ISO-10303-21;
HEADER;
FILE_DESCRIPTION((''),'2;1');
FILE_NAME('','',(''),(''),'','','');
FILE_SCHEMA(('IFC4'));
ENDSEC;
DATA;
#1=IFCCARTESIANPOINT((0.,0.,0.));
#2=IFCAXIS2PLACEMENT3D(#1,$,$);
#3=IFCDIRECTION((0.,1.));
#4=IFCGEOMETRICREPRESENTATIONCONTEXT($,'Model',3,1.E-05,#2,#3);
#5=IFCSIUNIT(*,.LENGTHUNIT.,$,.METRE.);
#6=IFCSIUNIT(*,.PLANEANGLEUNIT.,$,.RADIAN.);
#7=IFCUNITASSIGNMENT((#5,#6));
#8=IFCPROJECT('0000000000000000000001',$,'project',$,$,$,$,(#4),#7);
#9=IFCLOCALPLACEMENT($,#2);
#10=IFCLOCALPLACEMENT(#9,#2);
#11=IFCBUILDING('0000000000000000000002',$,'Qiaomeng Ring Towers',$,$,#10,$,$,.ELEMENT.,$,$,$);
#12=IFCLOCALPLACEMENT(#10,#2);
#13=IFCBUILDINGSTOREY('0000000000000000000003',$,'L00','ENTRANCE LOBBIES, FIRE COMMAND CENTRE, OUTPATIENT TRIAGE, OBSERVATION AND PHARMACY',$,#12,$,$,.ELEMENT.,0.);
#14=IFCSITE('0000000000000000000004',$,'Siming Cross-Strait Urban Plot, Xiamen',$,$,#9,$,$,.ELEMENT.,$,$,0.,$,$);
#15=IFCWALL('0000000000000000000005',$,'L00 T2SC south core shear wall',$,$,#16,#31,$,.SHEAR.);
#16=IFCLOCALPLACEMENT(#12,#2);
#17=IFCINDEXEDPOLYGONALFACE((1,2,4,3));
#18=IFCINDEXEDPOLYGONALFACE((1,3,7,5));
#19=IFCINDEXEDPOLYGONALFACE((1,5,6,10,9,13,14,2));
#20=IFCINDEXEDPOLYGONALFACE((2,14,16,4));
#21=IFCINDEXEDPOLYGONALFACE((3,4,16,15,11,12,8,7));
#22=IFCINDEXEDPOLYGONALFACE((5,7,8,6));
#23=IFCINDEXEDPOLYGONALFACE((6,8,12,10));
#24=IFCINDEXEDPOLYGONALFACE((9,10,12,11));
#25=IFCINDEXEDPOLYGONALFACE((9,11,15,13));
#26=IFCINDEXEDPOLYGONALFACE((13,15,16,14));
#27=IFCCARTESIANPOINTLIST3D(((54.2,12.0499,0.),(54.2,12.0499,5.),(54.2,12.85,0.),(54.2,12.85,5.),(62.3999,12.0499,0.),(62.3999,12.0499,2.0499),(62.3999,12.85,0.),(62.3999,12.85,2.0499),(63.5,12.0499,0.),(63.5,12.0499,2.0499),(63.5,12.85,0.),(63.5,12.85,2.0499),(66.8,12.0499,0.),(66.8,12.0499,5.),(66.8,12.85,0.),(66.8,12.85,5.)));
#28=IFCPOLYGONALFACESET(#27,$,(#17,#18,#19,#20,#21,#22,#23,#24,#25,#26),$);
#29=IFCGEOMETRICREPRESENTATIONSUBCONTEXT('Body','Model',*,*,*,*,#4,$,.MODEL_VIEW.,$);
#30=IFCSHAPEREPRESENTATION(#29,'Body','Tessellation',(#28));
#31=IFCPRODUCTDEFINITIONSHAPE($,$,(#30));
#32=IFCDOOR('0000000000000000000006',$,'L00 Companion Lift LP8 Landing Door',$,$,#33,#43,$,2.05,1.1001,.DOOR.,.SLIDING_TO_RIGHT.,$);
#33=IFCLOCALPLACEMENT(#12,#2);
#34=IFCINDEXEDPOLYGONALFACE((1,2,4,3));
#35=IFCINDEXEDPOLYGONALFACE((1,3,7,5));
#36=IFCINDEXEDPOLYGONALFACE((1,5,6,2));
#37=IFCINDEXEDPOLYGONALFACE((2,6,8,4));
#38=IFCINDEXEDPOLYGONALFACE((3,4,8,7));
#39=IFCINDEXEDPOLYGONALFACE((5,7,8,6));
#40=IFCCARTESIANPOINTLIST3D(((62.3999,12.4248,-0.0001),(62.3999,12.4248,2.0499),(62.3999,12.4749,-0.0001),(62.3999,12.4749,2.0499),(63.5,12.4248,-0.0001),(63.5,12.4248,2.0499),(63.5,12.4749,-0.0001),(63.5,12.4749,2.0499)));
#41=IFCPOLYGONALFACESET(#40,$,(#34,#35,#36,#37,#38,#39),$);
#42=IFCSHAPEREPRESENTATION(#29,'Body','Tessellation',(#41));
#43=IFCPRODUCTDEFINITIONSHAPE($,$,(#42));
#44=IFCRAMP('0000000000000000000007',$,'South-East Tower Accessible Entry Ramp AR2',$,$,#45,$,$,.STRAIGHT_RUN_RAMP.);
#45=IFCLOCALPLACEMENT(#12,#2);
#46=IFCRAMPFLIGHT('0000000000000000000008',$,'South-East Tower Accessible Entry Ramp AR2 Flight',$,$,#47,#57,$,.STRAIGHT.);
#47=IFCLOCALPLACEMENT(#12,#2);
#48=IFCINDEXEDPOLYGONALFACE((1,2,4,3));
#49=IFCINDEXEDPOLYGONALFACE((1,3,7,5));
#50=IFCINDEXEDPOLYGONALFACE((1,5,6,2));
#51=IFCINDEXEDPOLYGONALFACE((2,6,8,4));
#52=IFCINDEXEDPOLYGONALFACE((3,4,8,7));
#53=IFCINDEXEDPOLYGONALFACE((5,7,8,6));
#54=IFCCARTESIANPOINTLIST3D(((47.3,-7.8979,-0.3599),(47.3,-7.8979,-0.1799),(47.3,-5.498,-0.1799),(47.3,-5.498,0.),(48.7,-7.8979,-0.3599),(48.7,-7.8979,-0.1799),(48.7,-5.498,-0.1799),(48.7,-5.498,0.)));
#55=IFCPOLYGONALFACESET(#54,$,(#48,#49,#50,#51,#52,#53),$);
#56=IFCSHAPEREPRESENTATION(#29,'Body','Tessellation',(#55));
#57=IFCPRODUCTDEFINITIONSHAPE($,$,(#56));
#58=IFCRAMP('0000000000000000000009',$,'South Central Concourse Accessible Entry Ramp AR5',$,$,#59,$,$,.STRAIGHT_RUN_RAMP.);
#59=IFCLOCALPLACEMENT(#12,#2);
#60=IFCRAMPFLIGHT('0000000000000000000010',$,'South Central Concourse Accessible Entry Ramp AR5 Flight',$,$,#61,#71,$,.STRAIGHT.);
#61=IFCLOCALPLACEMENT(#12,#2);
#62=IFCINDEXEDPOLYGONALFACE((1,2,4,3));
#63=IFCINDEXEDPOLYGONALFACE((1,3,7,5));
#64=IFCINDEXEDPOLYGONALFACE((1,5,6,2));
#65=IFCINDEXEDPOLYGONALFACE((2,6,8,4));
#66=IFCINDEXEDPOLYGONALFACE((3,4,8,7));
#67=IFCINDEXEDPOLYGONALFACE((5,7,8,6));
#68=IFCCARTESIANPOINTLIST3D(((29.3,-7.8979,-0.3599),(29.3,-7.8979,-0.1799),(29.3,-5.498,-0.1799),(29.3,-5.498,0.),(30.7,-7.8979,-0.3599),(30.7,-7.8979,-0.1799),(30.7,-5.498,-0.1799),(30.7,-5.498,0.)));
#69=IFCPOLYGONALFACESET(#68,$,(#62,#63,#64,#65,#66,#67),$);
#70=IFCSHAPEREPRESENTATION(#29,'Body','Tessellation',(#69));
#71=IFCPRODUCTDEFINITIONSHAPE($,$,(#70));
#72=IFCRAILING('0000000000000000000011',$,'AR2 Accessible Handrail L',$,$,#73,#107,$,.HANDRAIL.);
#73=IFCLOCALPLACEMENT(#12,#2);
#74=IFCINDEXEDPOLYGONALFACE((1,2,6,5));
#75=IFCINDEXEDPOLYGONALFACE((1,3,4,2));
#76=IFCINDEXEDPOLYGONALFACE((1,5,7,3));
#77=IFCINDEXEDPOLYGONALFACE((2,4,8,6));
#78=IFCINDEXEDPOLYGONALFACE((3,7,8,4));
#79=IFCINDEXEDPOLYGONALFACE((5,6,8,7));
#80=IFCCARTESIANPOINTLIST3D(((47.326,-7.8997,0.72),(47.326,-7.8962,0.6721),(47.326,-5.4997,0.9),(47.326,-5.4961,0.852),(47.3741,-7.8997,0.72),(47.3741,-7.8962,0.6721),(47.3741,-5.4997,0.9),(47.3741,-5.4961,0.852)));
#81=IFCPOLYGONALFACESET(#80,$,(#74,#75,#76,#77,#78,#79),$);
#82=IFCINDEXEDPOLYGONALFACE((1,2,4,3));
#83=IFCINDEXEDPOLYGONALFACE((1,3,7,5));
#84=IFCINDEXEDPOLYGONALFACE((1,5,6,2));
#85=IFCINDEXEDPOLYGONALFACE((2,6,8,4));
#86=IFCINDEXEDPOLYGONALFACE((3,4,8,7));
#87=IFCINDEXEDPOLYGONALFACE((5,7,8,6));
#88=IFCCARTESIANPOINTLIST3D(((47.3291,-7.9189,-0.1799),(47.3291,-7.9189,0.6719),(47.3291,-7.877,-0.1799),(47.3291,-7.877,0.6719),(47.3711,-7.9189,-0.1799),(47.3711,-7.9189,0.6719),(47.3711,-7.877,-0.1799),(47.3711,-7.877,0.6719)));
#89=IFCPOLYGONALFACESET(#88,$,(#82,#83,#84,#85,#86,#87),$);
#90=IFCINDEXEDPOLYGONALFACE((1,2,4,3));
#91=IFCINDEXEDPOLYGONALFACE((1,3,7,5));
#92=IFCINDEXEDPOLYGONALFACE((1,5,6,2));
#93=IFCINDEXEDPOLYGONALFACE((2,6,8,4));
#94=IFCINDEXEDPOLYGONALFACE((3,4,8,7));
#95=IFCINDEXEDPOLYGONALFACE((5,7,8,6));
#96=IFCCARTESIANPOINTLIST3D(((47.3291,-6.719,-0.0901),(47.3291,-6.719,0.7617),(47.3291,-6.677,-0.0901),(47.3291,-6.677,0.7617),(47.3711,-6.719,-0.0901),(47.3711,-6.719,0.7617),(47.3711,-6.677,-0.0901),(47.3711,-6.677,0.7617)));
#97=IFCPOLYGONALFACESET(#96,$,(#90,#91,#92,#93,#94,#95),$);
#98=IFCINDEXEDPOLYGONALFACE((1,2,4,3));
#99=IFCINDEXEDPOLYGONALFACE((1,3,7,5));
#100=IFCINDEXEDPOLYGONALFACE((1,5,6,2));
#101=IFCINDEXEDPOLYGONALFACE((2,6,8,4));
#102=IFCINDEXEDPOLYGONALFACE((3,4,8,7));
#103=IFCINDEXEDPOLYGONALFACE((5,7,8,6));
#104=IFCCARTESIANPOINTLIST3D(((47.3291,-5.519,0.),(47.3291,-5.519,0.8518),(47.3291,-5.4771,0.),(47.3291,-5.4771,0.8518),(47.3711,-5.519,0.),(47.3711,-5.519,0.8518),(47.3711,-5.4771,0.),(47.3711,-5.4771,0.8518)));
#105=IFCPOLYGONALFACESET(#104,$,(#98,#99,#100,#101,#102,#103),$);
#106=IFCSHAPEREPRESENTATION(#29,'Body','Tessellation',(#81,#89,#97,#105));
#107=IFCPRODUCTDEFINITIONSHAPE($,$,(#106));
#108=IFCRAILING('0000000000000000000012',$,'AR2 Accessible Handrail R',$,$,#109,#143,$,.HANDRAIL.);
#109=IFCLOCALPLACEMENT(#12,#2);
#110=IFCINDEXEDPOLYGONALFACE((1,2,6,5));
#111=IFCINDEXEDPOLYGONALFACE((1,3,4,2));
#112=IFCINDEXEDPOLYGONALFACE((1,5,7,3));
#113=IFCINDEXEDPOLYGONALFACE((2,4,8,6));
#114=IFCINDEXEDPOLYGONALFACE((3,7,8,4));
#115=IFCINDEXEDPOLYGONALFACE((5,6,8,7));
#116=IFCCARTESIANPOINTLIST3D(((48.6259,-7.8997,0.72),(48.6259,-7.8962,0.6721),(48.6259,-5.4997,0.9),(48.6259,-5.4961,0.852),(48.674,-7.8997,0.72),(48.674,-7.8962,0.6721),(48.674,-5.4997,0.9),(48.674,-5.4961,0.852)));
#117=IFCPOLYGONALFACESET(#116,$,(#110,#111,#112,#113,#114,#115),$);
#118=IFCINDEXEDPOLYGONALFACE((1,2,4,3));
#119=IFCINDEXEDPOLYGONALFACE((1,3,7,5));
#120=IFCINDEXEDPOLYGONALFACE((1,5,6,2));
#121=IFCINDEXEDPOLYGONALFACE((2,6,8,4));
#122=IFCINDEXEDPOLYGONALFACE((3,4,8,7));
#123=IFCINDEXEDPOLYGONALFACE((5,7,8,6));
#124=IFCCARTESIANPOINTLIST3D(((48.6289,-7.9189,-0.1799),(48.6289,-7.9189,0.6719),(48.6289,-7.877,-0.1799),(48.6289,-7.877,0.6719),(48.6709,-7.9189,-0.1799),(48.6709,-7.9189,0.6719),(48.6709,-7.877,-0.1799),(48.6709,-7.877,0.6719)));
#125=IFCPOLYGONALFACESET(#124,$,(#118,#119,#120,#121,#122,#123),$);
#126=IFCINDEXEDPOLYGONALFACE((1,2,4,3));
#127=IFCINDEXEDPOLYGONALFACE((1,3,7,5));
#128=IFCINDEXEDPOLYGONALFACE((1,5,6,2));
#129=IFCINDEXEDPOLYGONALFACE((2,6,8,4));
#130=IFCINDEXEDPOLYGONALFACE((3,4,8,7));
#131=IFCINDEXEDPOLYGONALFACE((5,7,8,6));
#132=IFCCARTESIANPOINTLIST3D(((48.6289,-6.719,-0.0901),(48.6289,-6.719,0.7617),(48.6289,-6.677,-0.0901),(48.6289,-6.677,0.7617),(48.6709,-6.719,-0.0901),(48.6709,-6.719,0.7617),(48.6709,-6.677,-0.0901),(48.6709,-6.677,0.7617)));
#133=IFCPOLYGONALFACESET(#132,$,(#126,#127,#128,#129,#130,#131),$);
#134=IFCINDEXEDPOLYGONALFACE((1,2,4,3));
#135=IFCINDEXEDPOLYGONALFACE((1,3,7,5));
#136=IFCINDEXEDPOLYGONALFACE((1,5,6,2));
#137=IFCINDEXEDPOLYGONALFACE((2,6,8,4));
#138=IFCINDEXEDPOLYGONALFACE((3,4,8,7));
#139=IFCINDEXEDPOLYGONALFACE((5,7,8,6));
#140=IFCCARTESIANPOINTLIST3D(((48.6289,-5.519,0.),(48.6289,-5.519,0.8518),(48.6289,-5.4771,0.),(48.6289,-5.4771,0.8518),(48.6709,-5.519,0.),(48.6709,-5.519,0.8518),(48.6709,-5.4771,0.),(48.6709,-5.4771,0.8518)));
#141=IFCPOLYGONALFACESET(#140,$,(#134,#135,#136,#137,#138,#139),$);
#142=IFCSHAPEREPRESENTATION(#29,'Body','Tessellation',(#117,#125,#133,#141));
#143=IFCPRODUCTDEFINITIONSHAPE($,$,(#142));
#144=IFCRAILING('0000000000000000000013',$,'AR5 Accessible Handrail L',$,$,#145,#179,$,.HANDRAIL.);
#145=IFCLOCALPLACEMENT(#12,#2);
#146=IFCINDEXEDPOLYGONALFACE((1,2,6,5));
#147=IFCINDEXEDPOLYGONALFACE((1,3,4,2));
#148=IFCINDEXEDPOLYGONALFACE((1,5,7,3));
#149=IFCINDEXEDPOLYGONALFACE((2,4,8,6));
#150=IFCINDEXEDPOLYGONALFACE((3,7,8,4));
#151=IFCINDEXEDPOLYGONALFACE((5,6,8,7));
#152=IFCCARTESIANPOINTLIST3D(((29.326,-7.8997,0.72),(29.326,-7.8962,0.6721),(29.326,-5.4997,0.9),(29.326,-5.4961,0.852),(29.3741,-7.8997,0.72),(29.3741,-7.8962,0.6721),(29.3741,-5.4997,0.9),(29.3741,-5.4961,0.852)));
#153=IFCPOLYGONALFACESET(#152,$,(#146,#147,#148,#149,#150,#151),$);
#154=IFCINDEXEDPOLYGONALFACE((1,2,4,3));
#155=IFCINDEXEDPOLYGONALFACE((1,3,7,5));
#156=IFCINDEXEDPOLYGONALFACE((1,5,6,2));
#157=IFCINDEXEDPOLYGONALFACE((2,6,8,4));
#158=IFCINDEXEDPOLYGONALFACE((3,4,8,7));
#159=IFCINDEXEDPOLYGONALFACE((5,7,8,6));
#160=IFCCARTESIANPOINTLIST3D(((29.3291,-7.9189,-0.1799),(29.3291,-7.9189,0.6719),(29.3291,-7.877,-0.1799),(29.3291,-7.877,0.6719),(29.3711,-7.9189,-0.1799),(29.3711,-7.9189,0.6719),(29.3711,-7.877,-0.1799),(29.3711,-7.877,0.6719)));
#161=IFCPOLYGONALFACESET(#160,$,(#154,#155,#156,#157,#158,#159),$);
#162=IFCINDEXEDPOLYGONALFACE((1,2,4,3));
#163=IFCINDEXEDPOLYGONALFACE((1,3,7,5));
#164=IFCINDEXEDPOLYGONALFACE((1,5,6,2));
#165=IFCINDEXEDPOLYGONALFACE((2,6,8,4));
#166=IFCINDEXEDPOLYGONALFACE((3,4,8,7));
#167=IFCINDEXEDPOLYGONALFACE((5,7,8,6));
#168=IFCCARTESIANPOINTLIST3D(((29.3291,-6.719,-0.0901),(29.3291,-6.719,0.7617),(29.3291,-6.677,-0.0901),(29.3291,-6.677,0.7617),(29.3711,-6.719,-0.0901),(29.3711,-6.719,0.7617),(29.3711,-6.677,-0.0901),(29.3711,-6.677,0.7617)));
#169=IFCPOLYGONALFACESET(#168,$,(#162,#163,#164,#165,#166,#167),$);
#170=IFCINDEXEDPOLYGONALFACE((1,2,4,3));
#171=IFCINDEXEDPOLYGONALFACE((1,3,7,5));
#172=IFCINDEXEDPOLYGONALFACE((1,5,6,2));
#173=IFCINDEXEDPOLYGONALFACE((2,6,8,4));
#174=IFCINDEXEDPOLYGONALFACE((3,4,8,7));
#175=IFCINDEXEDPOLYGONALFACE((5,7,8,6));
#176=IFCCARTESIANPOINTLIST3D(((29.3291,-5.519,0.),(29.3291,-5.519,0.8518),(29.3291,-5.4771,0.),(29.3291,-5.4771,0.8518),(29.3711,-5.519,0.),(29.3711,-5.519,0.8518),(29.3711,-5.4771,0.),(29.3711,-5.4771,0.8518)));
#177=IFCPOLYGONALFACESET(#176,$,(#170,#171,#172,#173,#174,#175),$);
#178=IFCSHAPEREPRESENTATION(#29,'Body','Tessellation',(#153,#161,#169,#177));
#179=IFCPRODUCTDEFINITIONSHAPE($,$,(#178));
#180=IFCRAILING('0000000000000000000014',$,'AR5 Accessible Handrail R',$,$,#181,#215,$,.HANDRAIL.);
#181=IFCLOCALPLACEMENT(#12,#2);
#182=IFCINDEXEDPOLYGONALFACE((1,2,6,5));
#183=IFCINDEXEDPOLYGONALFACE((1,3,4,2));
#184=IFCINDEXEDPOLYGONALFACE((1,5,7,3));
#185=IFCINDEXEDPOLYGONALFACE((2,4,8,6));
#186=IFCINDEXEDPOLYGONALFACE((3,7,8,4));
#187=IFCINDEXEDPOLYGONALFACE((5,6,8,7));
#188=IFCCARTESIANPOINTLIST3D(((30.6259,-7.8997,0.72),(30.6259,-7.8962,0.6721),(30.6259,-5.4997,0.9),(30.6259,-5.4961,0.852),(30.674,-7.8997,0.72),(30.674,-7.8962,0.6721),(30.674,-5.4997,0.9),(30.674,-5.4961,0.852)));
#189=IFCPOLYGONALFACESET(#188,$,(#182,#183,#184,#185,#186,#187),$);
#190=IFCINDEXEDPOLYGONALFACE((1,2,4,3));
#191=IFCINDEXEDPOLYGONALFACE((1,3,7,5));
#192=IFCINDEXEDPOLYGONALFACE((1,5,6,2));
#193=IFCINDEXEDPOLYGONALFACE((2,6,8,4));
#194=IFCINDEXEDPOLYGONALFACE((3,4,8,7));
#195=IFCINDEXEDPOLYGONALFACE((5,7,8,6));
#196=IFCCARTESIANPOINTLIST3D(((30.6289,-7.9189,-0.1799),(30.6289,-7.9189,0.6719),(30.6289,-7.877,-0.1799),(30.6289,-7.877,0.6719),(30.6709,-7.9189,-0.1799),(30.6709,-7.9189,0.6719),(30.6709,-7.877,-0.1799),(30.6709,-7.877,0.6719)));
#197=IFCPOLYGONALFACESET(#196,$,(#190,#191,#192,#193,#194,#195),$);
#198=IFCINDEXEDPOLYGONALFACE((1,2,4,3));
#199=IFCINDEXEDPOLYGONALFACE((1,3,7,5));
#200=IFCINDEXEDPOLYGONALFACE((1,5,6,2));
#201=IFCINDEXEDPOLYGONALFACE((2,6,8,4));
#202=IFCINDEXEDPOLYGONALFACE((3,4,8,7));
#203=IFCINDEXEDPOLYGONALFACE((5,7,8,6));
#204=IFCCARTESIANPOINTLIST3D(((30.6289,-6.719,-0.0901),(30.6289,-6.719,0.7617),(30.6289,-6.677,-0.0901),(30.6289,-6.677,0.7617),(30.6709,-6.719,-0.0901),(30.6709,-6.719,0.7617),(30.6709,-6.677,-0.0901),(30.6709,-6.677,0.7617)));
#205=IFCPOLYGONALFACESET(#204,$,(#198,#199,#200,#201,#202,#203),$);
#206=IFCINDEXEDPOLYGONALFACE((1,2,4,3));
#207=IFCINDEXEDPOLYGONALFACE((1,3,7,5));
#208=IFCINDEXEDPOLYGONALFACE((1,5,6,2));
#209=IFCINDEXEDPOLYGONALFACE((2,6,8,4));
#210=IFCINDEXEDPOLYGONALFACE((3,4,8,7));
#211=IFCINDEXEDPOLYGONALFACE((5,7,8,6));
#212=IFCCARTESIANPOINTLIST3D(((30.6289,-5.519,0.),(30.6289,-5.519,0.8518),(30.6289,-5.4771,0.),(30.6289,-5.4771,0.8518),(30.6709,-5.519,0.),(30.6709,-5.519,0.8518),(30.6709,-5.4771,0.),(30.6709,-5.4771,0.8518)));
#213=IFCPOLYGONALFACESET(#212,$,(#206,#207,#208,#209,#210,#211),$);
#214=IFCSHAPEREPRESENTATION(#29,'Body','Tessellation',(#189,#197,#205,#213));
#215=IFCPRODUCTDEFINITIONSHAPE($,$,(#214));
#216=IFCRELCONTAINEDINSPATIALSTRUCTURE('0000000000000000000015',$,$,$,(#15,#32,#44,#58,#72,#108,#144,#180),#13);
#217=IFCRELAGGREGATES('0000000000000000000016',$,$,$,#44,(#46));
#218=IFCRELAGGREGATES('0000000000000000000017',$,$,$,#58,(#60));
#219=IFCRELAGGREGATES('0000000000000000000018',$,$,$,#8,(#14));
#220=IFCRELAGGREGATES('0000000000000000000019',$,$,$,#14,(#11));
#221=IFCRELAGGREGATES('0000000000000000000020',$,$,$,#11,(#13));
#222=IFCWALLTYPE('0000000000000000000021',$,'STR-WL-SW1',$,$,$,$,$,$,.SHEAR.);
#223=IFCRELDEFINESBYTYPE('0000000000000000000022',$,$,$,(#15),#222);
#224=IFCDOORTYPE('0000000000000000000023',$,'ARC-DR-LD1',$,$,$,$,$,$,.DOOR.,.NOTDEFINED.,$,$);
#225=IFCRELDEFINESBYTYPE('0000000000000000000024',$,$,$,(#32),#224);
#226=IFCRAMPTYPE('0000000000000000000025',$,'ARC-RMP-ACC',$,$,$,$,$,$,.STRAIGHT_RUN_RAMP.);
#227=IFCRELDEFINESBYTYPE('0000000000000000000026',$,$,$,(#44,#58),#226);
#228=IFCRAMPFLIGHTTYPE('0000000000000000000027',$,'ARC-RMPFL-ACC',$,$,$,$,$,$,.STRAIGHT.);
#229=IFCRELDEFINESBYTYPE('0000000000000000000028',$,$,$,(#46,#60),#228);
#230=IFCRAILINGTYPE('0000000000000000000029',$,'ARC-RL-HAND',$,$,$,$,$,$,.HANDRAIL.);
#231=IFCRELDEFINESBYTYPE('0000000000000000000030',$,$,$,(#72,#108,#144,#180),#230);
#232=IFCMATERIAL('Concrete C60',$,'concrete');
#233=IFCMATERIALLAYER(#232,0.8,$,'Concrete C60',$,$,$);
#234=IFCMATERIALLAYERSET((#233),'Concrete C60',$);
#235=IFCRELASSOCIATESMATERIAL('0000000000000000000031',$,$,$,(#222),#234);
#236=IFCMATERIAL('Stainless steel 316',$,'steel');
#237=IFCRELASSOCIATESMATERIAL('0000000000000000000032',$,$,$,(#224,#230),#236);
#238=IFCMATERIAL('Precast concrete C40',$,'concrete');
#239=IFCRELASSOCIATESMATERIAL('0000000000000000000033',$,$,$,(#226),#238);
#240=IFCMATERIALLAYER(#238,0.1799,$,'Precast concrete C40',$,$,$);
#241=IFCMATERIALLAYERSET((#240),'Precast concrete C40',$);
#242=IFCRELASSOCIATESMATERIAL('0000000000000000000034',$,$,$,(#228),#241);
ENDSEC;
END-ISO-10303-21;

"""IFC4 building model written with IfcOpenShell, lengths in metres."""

from ifc_helpers import new_model, si_unit, direction, frame, frame_2d, origin, origin_2d, place, context, subcontext, project, spatial, polyline, rectangle, outline, extrude, source, transform, mapped, material, layer, layer_set, type_object, element, fill, aggregate, save


model = new_model("IFC4")

# Units and contexts
model_context = context("Model", 3, precision=1e-05, world=origin(), true_north=direction((0.0, 1.0)))
body_context = subcontext(model_context, "Body", "Model", "MODEL_VIEW")
ifc_project = project(units=[si_unit("LENGTHUNIT", "METRE"), si_unit("PLANEANGLEUNIT", "RADIAN")], contexts=[model_context])

# Site, building, storey
site_placement = place(None, origin())
site = spatial("IfcSite", under=ifc_project, at=site_placement, Name="Siming Cross-Strait Urban Plot, Xiamen", CompositionType="ELEMENT", RefElevation=0.0)
building_placement = place(site_placement, origin())
building = spatial("IfcBuilding", under=site, at=building_placement, Name="Qiaomeng Ring Towers", CompositionType="ELEMENT")
storey_placement = place(building_placement, origin())
storey = spatial("IfcBuildingStorey", under=building, at=storey_placement, Name="L00", Description="ENTRANCE LOBBIES, FIRE COMMAND CENTRE, OUTPATIENT TRIAGE, OBSERVATION AND PHARMACY", CompositionType="ELEMENT", Elevation=0.0)

# Shared definitions
ifc_material_1 = material(Name="Concrete C60", Category="concrete")

# Shared definitions
ifc_material_2 = material(Name="Precast concrete C40", Category="concrete")

# Shared definitions
shared_shape_1 = source(origin(), body_context, "Body", "SweptSolid", [
    extrude(rectangle(XDim=1.1001, YDim=2.05, at=frame_2d((0.55, 1.0249))), frame((0.0, 0.0249, 0.0), z_axis=(0.0, -1.0, 0.0), x_axis=(1.0, 0.0, 0.0)), (0.0, 0.0, 1.0), 0.05),
])

# Shared definitions
ifc_material_3 = material(Name="Stainless steel 316", Category="steel")

# Wall, opening, door
ifc_layer_1 = layer(ifc_material_1, 0.8, Name="Concrete C60")
ifc_layer_set_1 = layer_set([ifc_layer_1], Name="Concrete C60")
wall_type_1 = type_object("IfcWallType", Name="STR-WL-SW1", PredefinedType="SHEAR", material=ifc_layer_set_1)
wall_1_placement = place(storey_placement, frame((54.2, 12.45, 0.0), z_axis=(0.0, 0.0, 1.0), x_axis=(1.0, 0.0, 0.0)))
wall_1 = element("IfcWall", 1, at=wall_1_placement, inside=storey, type_object=wall_type_1, Name="L00 T2SC south core shear wall", PredefinedType="SHEAR", context=body_context, shape_type="SweptSolid", body=[
    extrude(rectangle(XDim=12.6001, YDim=0.8, at=frame_2d((6.3, 0.0))), origin(), (0.0, 0.0, 1.0), 5.0),
])
opening_1_placement = place(wall_1_placement, frame((8.2, 0.0, 0.0)))
opening_1 = element("IfcOpeningElement", 2, at=opening_1_placement, cuts=wall_1, PredefinedType="OPENING", context=body_context, shape_type="SweptSolid", body=[
    extrude(rectangle(XDim=1.1001, YDim=2.05, at=frame_2d((0.55, 1.0249))), frame((0.0, 0.4099, 0.0), z_axis=(0.0, -1.0, 0.0), x_axis=(1.0, 0.0, 0.0)), (0.0, 0.0, 1.0), 0.8201),
])
door_type_1 = type_object("IfcDoorType", Name="ARC-DR-LD1", OperationType="NOTDEFINED", PredefinedType="DOOR", material=ifc_material_3)
door_1_placement = place(opening_1_placement, origin())
door_1 = element("IfcDoor", 3, at=door_1_placement, inside=storey, type_object=door_type_1, Name="L00 Companion Lift LP8 Landing Door", OperationType="SLIDING_TO_RIGHT", OverallHeight=2.05, OverallWidth=1.1001, PredefinedType="DOOR", context=body_context, shape_type="MappedRepresentation", body=[
    mapped(shared_shape_1, transform((0.0, 0.0, 0.0), x_axis=(1.0, 0.0, 0.0), y_axis=(0.0, 1.0, 0.0), z_axis=(0.0, 0.0, 1.0), scale=1.0)),
])
fill(opening_1, door_1)

# Ramps, ramp flights
ramp_type = type_object("IfcRampType", Name="ARC-RMP-ACC", PredefinedType="STRAIGHT_RUN_RAMP", material=ifc_material_2)
ramp_1_placement = place(storey_placement, origin())
ramp_1 = element("IfcRamp", 4, at=ramp_1_placement, inside=storey, type_object=ramp_type, Name="South-East Tower Accessible Entry Ramp AR2", PredefinedType="STRAIGHT_RUN_RAMP")
ifc_layer_2 = layer(ifc_material_2, 0.1799, Name="Precast concrete C40")
ifc_layer_set_2 = layer_set([ifc_layer_2], Name="Precast concrete C40")
ramp_flight_type = type_object("IfcRampFlightType", Name="ARC-RMPFL-ACC", PredefinedType="STRAIGHT", material=ifc_layer_set_2)
ramp_flight_1_placement = place(storey_placement, frame((48.0, -7.8979, -0.1799), z_axis=(0.0, 0.0, 1.0), x_axis=(0.0, 1.0, 0.0)))
ramp_flight_1 = element("IfcRampFlight", 5, at=ramp_flight_1_placement, type_object=ramp_flight_type, Name="South-East Tower Accessible Entry Ramp AR2 Flight", PredefinedType="STRAIGHT", context=body_context, shape_type="SweptSolid", body=[
    extrude(outline(polyline([(0.0, 0.0), (2.3999, 0.1799), (2.3999, 0.0), (0.0, -0.1799), (0.0, 0.0)])), frame((0.0, 0.7, 0.0), z_axis=(0.0, -1.0, 0.0), x_axis=(1.0, 0.0, 0.0)), (0.0, 0.0, 1.0), 1.3999),
])
aggregate(ramp_1, [ramp_flight_1])
ramp_2_placement = place(storey_placement, origin())
ramp_2 = element("IfcRamp", 6, at=ramp_2_placement, inside=storey, type_object=ramp_type, Name="South Central Concourse Accessible Entry Ramp AR5", PredefinedType="STRAIGHT_RUN_RAMP")
ramp_flight_2_placement = place(storey_placement, frame((30.0, -7.8979, -0.1799), z_axis=(0.0, 0.0, 1.0), x_axis=(0.0, 1.0, 0.0)))
ramp_flight_2 = element("IfcRampFlight", 7, at=ramp_flight_2_placement, type_object=ramp_flight_type, Name="South Central Concourse Accessible Entry Ramp AR5 Flight", PredefinedType="STRAIGHT", context=body_context, shape_type="SweptSolid", body=[
    extrude(outline(polyline([(0.0, 0.0), (2.3999, 0.1799), (2.3999, 0.0), (0.0, -0.1799), (0.0, 0.0)])), frame((0.0, 0.7, 0.0), z_axis=(0.0, -1.0, 0.0), x_axis=(1.0, 0.0, 0.0)), (0.0, 0.0, 1.0), 1.3999),
])
aggregate(ramp_2, [ramp_flight_2])

# Railings
railing_type = type_object("IfcRailingType", Name="ARC-RL-HAND", PredefinedType="HANDRAIL", material=ifc_material_3)
for number, where, name in (
    (8, (47.3501, -7.8979, -0.1799), "AR2 Accessible Handrail L"),
    (9, (48.6499, -7.8979, -0.1799), "AR2 Accessible Handrail R"),
    (10, (29.3501, -7.8979, -0.1799), "AR5 Accessible Handrail L"),
    (11, (30.6499, -7.8979, -0.1799), "AR5 Accessible Handrail R"),
):
    element("IfcRailing", number, at=place(storey_placement, frame(where)), inside=storey, type_object=railing_type, Name=name, PredefinedType="HANDRAIL", context=body_context, shape_type="SweptSolid", body=[
        extrude(rectangle(XDim=0.0481, YDim=0.0481, at=origin_2d()), frame((0.0, 0.0, 0.876), z_axis=(0.0, 0.997201, 0.074765), x_axis=(-1.0, 0.0, 0.0)), (0.0, 0.0, 1.0), 2.4067),
        extrude(rectangle(XDim=0.042, YDim=0.042, at=origin_2d()), origin(), (0.0, 0.0, 1.0), 0.8518),
        extrude(rectangle(XDim=0.042, YDim=0.042, at=origin_2d()), frame((0.0, 1.2, 0.0898)), (0.0, 0.0, 1.0), 0.8518),
        extrude(rectangle(XDim=0.042, YDim=0.042, at=origin_2d()), frame((0.0, 2.3999, 0.1799)), (0.0, 0.0, 1.0), 0.8518),
    ])

save(model, "model.ifc")
